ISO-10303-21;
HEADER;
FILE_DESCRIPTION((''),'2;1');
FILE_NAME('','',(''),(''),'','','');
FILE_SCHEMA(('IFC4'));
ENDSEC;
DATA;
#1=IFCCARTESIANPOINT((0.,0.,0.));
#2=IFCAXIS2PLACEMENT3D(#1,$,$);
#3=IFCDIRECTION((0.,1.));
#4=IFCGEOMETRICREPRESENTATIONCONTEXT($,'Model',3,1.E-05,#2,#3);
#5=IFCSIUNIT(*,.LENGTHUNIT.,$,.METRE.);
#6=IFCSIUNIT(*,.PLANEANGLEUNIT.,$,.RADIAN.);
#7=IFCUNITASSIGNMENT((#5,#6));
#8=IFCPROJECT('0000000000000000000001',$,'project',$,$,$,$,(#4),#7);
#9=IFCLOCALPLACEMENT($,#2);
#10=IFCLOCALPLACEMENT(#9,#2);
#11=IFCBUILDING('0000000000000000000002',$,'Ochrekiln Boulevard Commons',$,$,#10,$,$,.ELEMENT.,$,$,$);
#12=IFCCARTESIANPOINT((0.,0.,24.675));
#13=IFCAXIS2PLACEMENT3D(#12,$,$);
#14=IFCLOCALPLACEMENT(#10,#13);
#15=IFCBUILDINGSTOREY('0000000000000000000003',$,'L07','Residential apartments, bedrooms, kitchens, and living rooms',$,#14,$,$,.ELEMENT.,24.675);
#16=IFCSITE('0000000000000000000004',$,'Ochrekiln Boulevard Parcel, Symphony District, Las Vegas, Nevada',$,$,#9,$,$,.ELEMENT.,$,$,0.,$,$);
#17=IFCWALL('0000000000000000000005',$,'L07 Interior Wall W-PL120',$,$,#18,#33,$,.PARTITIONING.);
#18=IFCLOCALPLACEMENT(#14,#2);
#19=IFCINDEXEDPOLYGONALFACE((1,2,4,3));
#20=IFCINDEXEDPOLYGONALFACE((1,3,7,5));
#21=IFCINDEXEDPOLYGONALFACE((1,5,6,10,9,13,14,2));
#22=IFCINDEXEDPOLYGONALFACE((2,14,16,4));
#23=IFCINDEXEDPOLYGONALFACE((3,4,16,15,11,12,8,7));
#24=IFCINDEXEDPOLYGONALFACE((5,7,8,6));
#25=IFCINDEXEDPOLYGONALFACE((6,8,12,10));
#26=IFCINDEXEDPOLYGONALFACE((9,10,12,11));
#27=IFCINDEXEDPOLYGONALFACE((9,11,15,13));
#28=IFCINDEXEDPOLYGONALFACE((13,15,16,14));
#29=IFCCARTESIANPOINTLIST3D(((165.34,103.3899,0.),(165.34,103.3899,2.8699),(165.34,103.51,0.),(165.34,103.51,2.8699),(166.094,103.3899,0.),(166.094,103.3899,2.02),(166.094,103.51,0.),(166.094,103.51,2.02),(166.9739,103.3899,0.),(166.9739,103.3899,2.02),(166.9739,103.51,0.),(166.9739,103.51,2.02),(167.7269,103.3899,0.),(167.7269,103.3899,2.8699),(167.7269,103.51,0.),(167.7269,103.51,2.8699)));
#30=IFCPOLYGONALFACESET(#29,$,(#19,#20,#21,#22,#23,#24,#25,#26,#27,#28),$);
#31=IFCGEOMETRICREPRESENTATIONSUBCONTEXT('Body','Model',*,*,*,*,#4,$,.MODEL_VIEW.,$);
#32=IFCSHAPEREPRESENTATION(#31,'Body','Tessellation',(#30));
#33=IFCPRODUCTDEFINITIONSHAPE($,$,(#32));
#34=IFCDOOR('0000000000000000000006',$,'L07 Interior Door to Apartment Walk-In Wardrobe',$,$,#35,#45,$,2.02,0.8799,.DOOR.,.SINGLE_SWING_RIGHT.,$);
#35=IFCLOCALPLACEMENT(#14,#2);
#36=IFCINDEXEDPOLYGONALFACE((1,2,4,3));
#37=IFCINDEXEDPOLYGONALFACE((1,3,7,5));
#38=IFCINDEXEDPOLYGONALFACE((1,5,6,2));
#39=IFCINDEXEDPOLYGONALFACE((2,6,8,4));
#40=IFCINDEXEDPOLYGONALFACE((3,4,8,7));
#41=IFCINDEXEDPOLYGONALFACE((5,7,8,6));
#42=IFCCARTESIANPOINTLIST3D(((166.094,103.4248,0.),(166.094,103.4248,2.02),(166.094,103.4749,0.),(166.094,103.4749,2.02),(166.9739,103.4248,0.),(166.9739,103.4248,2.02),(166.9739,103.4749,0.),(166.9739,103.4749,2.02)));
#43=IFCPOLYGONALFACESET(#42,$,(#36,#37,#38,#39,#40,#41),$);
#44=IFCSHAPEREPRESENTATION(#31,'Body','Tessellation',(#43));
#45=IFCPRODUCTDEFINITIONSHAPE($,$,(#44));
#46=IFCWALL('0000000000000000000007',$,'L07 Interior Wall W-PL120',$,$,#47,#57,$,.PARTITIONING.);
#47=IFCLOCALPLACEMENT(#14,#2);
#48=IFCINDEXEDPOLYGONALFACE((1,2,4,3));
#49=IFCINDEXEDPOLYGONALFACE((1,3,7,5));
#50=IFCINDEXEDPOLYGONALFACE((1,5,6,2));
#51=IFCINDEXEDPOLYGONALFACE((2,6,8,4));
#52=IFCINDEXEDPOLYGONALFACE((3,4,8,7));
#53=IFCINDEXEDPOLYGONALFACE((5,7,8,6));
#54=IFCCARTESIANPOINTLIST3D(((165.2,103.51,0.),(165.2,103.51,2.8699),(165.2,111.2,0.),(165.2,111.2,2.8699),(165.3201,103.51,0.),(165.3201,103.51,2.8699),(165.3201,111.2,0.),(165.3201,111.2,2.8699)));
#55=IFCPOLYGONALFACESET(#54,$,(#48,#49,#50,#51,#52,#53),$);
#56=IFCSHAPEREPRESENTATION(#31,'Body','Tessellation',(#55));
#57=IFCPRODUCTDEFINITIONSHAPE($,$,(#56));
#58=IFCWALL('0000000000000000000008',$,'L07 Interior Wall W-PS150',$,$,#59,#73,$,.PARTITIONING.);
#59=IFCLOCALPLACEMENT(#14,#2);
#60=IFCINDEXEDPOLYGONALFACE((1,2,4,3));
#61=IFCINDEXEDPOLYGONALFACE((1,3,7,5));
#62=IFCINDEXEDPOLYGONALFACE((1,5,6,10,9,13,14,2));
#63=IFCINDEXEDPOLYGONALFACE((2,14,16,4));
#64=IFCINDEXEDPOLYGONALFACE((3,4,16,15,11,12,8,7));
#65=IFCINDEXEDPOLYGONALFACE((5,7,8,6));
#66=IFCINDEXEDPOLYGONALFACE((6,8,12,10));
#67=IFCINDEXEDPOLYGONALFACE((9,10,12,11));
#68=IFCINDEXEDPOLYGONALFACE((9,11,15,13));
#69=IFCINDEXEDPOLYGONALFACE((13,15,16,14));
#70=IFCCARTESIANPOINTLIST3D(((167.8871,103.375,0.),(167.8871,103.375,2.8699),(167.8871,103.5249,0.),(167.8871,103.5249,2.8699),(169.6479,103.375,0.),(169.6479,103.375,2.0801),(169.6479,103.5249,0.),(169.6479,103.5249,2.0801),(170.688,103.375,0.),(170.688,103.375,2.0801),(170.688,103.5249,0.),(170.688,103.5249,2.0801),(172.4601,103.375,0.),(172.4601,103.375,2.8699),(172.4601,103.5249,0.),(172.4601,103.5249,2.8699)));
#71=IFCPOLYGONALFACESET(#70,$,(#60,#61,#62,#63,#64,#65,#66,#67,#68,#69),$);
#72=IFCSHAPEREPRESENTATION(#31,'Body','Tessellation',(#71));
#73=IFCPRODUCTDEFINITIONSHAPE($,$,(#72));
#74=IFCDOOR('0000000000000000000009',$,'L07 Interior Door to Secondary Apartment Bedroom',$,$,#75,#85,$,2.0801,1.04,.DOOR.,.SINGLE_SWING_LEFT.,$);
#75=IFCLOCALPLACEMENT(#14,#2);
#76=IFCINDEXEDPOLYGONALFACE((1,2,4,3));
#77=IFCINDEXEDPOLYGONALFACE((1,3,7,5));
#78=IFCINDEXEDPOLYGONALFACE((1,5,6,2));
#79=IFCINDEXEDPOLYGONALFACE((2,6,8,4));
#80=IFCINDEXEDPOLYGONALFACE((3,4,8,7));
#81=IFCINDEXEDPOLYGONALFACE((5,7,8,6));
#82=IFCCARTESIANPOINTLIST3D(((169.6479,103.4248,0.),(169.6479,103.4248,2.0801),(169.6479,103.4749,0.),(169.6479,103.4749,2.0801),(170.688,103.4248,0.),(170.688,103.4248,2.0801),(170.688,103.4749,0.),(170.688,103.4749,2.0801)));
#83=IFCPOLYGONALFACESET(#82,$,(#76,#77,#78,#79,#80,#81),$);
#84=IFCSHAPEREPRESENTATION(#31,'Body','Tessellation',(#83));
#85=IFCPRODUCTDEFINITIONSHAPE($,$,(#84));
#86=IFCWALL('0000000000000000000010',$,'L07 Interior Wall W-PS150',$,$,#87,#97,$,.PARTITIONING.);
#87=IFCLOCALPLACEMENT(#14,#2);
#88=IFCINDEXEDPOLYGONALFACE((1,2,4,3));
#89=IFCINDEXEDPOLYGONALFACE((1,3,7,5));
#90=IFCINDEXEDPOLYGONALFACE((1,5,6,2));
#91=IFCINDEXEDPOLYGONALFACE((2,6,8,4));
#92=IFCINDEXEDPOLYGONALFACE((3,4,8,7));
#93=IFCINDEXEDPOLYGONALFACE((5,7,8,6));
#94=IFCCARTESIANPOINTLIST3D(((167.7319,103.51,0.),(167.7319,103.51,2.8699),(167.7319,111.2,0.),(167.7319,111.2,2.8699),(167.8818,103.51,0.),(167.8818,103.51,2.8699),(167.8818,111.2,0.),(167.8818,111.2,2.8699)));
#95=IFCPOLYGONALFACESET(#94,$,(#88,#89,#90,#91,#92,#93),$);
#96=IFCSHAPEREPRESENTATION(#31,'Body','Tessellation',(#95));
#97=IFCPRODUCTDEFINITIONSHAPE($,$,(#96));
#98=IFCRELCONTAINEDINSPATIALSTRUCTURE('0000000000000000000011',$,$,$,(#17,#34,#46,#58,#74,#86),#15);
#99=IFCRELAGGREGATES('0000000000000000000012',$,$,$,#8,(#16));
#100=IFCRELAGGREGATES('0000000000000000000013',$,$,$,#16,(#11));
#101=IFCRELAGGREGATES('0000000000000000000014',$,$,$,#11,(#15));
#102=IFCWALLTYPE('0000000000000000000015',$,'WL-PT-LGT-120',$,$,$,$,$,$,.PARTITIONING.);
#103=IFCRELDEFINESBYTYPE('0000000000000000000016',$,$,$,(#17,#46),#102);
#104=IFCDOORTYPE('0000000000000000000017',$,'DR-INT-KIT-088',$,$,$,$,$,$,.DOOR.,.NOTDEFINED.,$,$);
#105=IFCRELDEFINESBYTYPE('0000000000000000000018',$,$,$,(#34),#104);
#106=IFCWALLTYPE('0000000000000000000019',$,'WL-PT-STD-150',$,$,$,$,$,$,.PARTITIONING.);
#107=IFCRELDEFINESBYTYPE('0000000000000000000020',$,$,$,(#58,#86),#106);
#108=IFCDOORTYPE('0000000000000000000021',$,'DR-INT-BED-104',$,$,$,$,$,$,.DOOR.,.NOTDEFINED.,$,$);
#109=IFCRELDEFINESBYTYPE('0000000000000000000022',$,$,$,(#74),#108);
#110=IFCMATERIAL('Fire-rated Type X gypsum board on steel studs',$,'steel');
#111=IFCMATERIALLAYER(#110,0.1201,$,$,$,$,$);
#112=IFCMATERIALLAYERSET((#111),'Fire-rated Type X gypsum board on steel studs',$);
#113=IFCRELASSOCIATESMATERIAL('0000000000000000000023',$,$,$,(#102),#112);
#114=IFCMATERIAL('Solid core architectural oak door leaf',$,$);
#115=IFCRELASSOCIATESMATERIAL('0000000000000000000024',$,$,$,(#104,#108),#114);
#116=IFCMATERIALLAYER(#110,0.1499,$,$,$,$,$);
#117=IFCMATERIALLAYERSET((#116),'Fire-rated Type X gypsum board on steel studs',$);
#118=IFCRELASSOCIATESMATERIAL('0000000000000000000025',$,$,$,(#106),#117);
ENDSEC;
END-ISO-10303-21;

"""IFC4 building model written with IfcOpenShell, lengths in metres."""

from ifc_helpers import new_model, si_unit, direction, frame, frame_2d, origin, place, context, subcontext, project, spatial, rectangle, extrude, material, layer, layer_set, type_object, element, fill, save


model = new_model("IFC4")

# Units and contexts
model_context = context("Model", 3, precision=1e-05, world=origin(), true_north=direction((0.0, 1.0)))
body_context = subcontext(model_context, "Body", "Model", "MODEL_VIEW")
ifc_project = project(units=[si_unit("LENGTHUNIT", "METRE"), si_unit("PLANEANGLEUNIT", "RADIAN")], contexts=[model_context])

# Site, building, storey
site_placement = place(None, origin())
site = spatial("IfcSite", under=ifc_project, at=site_placement, Name="Ochrekiln Boulevard Parcel, Symphony District, Las Vegas, Nevada", CompositionType="ELEMENT", RefElevation=0.0)
building_placement = place(site_placement, origin())
building = spatial("IfcBuilding", under=site, at=building_placement, Name="Ochrekiln Boulevard Commons", CompositionType="ELEMENT")
storey_placement = place(building_placement, frame((0.0, 0.0, 24.675)))
storey = spatial("IfcBuildingStorey", under=building, at=storey_placement, Name="L07", Description="Residential apartments, bedrooms, kitchens, and living rooms", CompositionType="ELEMENT", Elevation=24.675)

# Shared definitions
ifc_material_1 = material(Name="Fire-rated Type X gypsum board on steel studs", Category="steel")

# Shared definitions
ifc_material_2 = material(Name="Solid core architectural oak door leaf")

# Wall, opening, door
ifc_layer_1 = layer(ifc_material_1, 0.1201)
ifc_layer_set_1 = layer_set([ifc_layer_1], Name="Fire-rated Type X gypsum board on steel studs")
wall_type_1 = type_object("IfcWallType", Name="WL-PT-LGT-120", PredefinedType="PARTITIONING", material=ifc_layer_set_1)
door_type_1 = type_object("IfcDoorType", Name="DR-INT-KIT-088", OperationType="NOTDEFINED", PredefinedType="DOOR", material=ifc_material_2)
wall_1_placement = place(storey_placement, frame((165.3401, 103.45, 0.0), z_axis=(0.0, 0.0, 1.0), x_axis=(1.0, 0.0, 0.0)))
wall_1 = element("IfcWall", 1, at=wall_1_placement, inside=storey, type_object=wall_type_1, Name="L07 Interior Wall W-PL120", PredefinedType="PARTITIONING", context=body_context, shape_type="SweptSolid", body=[
    extrude(rectangle(XDim=2.387, YDim=0.1201, at=frame_2d((1.1934, 0.0))), origin(), (0.0, 0.0, 1.0), 2.8699),
])
opening_1_placement = place(wall_1_placement, frame((0.7539, 0.0, 0.0)))
opening_1 = element("IfcOpeningElement", 2, at=opening_1_placement, cuts=wall_1, PredefinedType="OPENING", context=body_context, shape_type="SweptSolid", body=[
    extrude(rectangle(XDim=0.8799, YDim=2.02, at=frame_2d((0.4399, 1.01))), frame((0.0, 0.0701, 0.0), z_axis=(0.0, -1.0, 0.0), x_axis=(1.0, 0.0, 0.0)), (0.0, 0.0, 1.0), 0.1401),
])
door_1_placement = place(opening_1_placement, origin())
door_1 = element("IfcDoor", 3, at=door_1_placement, inside=storey, type_object=door_type_1, Name="L07 Interior Door to Apartment Walk-In Wardrobe", OperationType="SINGLE_SWING_RIGHT", OverallHeight=2.02, OverallWidth=0.8799, PredefinedType="DOOR", context=body_context, shape_type="SweptSolid", body=[
    extrude(rectangle(XDim=0.8799, YDim=2.02, at=frame_2d((0.4399, 1.01))), frame((0.0, 0.0249, 0.0), z_axis=(0.0, -1.0, 0.0), x_axis=(1.0, 0.0, 0.0)), (0.0, 0.0, 1.0), 0.05),
])
fill(opening_1, door_1)

# Wall
wall_2_placement = place(storey_placement, frame((165.26, 103.51, 0.0), z_axis=(0.0, 0.0, 1.0), x_axis=(0.0, 1.0, 0.0)))
element("IfcWall", 4, at=wall_2_placement, inside=storey, type_object=wall_type_1, Name="L07 Interior Wall W-PL120", PredefinedType="PARTITIONING", context=body_context, shape_type="SweptSolid", body=[
    extrude(rectangle(XDim=7.6899, YDim=0.1201, at=frame_2d((3.845, 0.0))), origin(), (0.0, 0.0, 1.0), 2.8699),
])

# Wall, opening, door
ifc_layer_2 = layer(ifc_material_1, 0.1499)
ifc_layer_set_2 = layer_set([ifc_layer_2], Name="Fire-rated Type X gypsum board on steel studs")
wall_type_2 = type_object("IfcWallType", Name="WL-PT-STD-150", PredefinedType="PARTITIONING", material=ifc_layer_set_2)
wall_3_placement = place(storey_placement, frame((167.887, 103.45, 0.0), z_axis=(0.0, 0.0, 1.0), x_axis=(1.0, 0.0, 0.0)))
wall_3 = element("IfcWall", 5, at=wall_3_placement, inside=storey, type_object=wall_type_2, Name="L07 Interior Wall W-PS150", PredefinedType="PARTITIONING", context=body_context, shape_type="SweptSolid", body=[
    extrude(rectangle(XDim=4.573, YDim=0.1499, at=frame_2d((2.2866, 0.0))), origin(), (0.0, 0.0, 1.0), 2.8699),
])
opening_2_placement = place(wall_3_placement, frame((1.761, 0.0, 0.0)))
opening_2 = element("IfcOpeningElement", 6, at=opening_2_placement, cuts=wall_3, PredefinedType="OPENING", context=body_context, shape_type="SweptSolid", body=[
    extrude(rectangle(XDim=1.04, YDim=2.0801, at=frame_2d((0.52, 1.04))), frame((0.0, 0.085, 0.0), z_axis=(0.0, -1.0, 0.0), x_axis=(1.0, 0.0, 0.0)), (0.0, 0.0, 1.0), 0.1699),
])
door_type_2 = type_object("IfcDoorType", Name="DR-INT-BED-104", OperationType="NOTDEFINED", PredefinedType="DOOR", material=ifc_material_2)
door_2_placement = place(opening_2_placement, origin())
door_2 = element("IfcDoor", 7, at=door_2_placement, inside=storey, type_object=door_type_2, Name="L07 Interior Door to Secondary Apartment Bedroom", OperationType="SINGLE_SWING_LEFT", OverallHeight=2.0801, OverallWidth=1.04, PredefinedType="DOOR", context=body_context, shape_type="SweptSolid", body=[
    extrude(rectangle(XDim=1.04, YDim=2.0801, at=frame_2d((0.52, 1.04))), frame((0.0, 0.0249, 0.0), z_axis=(0.0, -1.0, 0.0), x_axis=(1.0, 0.0, 0.0)), (0.0, 0.0, 1.0), 0.05),
])
fill(opening_2, door_2)

# Wall
wall_4_placement = place(storey_placement, frame((167.8069, 103.51, 0.0), z_axis=(0.0, 0.0, 1.0), x_axis=(0.0, 1.0, 0.0)))
element("IfcWall", 8, at=wall_4_placement, inside=storey, type_object=wall_type_2, Name="L07 Interior Wall W-PS150", PredefinedType="PARTITIONING", context=body_context, shape_type="SweptSolid", body=[
    extrude(rectangle(XDim=7.6899, YDim=0.1499, at=frame_2d((3.845, 0.0))), origin(), (0.0, 0.0, 1.0), 2.8699),
])

save(model, "model.ifc")
